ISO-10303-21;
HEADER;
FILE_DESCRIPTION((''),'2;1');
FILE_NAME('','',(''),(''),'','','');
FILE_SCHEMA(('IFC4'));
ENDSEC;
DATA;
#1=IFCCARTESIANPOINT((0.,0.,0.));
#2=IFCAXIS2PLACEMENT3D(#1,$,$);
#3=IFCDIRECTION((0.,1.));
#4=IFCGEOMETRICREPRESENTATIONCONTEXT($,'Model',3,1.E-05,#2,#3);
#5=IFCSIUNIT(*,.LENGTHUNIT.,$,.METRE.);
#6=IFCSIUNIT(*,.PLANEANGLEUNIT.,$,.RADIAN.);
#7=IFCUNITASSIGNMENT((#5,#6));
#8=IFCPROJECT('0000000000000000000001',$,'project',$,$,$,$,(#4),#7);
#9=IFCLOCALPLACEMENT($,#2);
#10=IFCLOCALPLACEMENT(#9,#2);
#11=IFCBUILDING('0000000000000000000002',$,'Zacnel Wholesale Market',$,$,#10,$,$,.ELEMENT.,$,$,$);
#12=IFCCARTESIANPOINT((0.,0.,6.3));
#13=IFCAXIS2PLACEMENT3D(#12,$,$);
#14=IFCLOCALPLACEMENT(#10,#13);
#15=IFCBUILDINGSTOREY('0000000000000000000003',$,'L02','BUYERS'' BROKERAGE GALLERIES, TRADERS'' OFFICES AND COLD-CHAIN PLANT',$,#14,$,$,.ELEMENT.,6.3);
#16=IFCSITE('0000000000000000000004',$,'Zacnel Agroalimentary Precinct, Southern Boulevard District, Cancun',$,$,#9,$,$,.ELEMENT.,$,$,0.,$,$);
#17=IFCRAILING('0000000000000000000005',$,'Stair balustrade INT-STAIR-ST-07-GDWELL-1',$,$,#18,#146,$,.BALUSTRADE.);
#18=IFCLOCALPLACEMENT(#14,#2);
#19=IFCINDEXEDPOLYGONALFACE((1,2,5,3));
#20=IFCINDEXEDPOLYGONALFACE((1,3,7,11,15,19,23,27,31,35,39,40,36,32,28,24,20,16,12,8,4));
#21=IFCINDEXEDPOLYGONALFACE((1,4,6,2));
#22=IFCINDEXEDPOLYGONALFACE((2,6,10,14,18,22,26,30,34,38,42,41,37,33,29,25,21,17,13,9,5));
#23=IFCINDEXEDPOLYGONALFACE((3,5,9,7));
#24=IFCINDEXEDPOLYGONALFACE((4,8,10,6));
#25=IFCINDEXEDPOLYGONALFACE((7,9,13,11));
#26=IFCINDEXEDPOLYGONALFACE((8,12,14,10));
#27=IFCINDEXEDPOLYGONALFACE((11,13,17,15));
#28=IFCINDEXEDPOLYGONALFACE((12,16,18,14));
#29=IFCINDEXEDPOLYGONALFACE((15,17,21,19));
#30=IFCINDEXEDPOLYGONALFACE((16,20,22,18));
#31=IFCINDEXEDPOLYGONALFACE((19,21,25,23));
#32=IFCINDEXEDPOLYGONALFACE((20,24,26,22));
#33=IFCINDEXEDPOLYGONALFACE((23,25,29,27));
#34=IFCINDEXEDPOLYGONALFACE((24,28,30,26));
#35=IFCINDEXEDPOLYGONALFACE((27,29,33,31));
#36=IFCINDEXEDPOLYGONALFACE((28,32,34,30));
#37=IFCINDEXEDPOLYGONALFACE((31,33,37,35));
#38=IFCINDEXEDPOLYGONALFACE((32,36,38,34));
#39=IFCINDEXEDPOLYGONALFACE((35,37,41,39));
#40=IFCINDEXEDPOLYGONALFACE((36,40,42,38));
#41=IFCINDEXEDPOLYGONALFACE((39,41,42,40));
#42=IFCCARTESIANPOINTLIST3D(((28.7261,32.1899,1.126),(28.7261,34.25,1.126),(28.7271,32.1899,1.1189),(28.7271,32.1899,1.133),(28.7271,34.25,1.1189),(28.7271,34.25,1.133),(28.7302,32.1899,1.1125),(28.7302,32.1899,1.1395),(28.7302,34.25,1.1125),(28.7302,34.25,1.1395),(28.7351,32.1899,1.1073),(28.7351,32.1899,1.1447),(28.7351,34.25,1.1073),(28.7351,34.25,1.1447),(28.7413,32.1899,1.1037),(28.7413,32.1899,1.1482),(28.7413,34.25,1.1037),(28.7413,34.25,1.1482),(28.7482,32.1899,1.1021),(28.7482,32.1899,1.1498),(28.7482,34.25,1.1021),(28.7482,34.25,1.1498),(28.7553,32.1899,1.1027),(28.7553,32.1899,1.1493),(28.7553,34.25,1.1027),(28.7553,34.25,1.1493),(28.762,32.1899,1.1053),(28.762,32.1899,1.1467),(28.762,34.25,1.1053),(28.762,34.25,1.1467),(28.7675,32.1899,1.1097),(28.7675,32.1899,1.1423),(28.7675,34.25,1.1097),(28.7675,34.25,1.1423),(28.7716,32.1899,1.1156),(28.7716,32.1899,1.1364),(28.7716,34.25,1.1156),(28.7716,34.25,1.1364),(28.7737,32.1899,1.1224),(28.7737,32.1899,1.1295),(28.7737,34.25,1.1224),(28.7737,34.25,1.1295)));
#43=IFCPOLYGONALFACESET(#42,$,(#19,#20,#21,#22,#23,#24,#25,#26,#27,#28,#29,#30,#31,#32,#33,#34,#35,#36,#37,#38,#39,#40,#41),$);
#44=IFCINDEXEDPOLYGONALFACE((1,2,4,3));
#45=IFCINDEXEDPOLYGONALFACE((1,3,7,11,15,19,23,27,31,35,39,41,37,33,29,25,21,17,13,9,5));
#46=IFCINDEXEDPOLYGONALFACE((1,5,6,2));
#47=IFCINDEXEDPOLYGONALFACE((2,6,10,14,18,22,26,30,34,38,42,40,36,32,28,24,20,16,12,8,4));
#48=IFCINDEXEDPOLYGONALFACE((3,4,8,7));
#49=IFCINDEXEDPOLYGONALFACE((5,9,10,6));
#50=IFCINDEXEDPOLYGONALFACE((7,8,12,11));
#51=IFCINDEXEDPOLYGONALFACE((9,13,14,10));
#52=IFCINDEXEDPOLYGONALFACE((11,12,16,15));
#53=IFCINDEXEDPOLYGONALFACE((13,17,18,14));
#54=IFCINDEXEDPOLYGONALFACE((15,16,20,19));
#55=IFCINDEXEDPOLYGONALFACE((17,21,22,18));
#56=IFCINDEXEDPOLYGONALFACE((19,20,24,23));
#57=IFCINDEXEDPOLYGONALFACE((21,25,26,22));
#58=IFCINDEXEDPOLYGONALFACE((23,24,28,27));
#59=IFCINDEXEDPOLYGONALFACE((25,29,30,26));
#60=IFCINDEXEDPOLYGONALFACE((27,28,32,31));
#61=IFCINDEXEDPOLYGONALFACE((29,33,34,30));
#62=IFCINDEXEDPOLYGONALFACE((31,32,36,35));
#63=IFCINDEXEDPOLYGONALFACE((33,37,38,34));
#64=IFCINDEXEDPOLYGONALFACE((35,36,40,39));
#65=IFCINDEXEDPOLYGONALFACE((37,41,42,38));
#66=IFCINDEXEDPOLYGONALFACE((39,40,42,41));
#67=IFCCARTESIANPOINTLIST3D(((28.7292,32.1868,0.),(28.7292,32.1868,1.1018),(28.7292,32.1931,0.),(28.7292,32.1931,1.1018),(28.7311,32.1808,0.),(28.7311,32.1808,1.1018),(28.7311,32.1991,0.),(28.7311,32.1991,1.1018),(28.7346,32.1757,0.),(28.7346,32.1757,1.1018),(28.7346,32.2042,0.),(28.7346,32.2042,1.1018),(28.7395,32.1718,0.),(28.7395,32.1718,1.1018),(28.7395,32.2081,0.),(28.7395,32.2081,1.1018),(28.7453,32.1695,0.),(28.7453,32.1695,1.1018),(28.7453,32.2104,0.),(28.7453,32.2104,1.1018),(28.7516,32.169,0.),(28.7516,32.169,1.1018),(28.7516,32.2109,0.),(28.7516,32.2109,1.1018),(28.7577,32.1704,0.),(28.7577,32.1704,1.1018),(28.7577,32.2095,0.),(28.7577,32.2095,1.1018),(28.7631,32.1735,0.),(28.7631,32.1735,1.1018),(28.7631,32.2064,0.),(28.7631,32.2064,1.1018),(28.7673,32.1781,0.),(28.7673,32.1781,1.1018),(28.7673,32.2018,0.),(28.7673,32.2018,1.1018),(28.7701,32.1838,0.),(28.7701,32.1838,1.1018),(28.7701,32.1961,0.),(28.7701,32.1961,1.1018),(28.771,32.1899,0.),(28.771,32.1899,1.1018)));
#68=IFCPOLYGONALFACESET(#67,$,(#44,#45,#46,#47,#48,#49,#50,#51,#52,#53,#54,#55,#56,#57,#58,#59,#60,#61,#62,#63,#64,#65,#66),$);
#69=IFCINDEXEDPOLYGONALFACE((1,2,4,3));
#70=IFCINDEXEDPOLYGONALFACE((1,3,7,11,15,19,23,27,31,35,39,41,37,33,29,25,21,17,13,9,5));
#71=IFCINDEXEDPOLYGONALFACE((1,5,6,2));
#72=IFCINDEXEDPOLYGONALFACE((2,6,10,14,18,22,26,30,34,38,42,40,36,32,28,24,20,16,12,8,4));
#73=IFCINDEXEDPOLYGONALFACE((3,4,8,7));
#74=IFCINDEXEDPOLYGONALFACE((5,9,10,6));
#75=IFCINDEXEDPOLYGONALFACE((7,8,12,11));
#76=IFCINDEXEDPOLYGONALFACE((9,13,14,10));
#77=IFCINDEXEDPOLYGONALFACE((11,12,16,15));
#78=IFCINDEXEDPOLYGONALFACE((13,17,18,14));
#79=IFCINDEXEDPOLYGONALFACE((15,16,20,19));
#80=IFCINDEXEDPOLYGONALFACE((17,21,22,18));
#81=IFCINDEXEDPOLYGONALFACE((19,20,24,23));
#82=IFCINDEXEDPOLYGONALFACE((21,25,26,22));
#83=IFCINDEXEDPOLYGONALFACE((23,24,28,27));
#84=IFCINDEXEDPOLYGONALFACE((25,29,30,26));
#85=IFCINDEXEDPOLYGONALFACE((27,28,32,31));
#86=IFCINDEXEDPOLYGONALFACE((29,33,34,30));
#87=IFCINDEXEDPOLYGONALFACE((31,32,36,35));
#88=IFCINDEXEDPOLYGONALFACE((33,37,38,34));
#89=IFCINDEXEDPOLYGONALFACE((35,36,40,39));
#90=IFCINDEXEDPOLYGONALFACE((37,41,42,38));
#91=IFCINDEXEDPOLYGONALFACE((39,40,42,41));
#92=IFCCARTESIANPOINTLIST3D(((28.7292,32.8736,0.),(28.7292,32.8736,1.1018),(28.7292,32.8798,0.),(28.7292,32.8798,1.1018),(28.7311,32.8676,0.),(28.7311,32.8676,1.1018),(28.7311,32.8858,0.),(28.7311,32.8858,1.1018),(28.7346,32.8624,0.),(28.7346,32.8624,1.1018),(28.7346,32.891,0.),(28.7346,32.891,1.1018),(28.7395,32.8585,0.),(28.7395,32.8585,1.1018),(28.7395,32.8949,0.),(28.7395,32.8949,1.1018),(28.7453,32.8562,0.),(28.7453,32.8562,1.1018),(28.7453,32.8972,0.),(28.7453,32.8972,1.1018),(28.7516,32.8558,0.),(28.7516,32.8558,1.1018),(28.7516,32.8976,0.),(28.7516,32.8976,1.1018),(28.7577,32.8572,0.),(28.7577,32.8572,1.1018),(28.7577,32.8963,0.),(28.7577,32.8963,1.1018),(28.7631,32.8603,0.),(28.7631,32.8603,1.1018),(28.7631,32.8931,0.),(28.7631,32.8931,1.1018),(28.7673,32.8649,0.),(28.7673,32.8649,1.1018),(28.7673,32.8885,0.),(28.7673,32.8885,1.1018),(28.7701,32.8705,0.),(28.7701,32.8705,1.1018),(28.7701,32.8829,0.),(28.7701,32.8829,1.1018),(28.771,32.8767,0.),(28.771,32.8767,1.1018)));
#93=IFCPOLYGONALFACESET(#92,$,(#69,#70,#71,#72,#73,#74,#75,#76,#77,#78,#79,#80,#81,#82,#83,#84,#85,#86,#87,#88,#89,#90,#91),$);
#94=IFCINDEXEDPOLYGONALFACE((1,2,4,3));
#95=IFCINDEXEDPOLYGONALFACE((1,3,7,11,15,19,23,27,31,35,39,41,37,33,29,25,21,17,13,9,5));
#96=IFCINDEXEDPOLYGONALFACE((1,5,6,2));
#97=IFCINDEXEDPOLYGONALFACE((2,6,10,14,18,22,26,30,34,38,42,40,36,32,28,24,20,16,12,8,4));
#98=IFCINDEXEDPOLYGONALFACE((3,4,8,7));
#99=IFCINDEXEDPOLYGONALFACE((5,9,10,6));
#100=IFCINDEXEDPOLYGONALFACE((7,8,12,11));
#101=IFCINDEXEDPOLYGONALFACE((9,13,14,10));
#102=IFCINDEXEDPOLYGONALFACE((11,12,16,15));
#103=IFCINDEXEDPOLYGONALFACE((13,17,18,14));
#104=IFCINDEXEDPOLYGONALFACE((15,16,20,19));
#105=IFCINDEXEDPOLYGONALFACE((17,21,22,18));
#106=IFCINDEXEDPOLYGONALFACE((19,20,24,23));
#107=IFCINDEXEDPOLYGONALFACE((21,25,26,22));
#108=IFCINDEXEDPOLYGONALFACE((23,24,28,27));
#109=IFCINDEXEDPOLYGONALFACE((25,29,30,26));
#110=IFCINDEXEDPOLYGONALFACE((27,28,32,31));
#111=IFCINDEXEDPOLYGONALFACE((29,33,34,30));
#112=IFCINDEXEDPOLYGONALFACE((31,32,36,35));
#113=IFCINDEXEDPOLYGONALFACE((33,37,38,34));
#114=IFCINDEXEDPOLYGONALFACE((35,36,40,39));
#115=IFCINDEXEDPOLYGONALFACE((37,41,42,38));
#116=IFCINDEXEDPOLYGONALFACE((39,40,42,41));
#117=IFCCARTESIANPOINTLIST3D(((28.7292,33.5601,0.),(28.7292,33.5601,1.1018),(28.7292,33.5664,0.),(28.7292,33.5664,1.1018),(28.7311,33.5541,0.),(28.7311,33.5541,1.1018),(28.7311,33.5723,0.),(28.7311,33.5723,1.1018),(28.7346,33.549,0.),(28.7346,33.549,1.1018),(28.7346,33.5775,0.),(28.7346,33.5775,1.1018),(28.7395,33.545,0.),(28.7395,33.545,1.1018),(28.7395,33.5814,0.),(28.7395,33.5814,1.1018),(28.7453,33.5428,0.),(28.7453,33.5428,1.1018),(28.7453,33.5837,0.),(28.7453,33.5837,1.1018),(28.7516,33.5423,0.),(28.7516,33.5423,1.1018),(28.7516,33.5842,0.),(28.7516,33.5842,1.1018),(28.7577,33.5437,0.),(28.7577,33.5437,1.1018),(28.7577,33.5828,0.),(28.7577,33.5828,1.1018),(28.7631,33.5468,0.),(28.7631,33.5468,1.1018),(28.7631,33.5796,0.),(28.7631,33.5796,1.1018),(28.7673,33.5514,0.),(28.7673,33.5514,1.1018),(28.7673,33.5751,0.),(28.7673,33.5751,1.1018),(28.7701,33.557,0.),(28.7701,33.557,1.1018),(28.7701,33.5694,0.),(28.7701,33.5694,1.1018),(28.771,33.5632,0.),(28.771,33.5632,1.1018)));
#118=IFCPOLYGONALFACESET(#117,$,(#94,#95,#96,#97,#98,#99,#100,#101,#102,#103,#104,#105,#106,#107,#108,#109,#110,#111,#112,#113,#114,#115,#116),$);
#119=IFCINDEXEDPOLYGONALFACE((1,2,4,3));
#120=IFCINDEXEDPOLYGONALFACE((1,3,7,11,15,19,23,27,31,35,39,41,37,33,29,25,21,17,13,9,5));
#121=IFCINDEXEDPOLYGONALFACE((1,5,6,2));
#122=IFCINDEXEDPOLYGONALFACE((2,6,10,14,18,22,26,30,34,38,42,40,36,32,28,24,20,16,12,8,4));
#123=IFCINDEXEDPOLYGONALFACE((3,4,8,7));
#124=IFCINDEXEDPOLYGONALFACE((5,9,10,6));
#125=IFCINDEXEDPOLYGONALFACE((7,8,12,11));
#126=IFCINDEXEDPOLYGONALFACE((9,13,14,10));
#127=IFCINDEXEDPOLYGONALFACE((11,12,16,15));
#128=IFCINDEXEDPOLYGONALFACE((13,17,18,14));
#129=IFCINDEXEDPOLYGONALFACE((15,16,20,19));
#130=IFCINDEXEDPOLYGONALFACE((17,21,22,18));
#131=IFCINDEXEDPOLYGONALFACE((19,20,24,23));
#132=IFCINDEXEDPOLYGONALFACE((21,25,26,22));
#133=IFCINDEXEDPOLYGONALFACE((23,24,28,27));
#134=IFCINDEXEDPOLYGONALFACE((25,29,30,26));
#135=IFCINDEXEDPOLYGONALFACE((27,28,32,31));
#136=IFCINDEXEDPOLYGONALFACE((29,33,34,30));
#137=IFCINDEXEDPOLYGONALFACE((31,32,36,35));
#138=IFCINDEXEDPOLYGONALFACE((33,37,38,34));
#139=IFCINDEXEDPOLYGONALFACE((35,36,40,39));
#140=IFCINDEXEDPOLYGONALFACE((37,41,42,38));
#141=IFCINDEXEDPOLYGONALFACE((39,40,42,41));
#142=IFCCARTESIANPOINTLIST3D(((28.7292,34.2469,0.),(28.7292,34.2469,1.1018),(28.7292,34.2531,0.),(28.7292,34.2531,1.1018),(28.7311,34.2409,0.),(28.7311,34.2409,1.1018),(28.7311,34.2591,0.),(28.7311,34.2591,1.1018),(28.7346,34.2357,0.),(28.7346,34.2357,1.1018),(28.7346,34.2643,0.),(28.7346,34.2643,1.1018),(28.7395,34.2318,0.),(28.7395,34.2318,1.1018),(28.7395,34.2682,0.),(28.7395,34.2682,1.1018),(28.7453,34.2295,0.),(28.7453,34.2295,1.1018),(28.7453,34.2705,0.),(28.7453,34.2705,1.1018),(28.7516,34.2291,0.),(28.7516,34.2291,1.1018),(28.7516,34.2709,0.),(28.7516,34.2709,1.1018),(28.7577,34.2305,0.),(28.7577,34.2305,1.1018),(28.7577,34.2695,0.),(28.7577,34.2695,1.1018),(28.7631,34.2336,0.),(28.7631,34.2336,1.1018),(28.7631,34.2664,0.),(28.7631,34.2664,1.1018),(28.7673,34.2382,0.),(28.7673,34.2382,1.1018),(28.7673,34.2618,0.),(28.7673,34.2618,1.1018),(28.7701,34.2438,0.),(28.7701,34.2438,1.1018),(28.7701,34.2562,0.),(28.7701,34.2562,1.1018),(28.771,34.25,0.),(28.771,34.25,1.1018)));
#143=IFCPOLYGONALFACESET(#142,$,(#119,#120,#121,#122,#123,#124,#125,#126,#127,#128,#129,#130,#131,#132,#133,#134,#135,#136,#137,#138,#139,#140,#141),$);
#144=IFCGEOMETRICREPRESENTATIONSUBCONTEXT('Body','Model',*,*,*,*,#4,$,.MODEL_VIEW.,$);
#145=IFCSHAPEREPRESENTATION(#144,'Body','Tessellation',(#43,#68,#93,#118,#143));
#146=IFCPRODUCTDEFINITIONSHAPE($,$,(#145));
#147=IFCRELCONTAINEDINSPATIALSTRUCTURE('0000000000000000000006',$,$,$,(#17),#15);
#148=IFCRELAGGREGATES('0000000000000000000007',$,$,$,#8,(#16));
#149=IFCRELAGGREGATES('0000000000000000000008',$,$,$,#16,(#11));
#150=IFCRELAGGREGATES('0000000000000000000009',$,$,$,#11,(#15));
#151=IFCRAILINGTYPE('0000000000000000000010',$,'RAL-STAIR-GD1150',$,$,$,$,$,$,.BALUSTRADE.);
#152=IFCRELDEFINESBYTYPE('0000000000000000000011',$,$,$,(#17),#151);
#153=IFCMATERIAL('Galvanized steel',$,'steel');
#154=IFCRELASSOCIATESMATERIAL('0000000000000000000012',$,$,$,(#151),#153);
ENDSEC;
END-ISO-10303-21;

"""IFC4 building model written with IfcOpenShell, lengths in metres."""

from ifc_helpers import new_model, si_unit, direction, frame, origin, origin_2d, place, context, subcontext, project, spatial, circle, extrude, material, type_object, element, save


model = new_model("IFC4")

# Units and contexts
model_context = context("Model", 3, precision=1e-05, world=origin(), true_north=direction((0.0, 1.0)))
body_context = subcontext(model_context, "Body", "Model", "MODEL_VIEW")
ifc_project = project(units=[si_unit("LENGTHUNIT", "METRE"), si_unit("PLANEANGLEUNIT", "RADIAN")], contexts=[model_context])

# Site, building, storey
site_placement = place(None, origin())
site = spatial("IfcSite", under=ifc_project, at=site_placement, Name="Zacnel Agroalimentary Precinct, Southern Boulevard District, Cancun", CompositionType="ELEMENT", RefElevation=0.0)
building_placement = place(site_placement, origin())
building = spatial("IfcBuilding", under=site, at=building_placement, Name="Zacnel Wholesale Market", CompositionType="ELEMENT")
storey_placement = place(building_placement, frame((0.0, 0.0, 6.3)))
storey = spatial("IfcBuildingStorey", under=building, at=storey_placement, Name="L02", Description="BUYERS' BROKERAGE GALLERIES, TRADERS' OFFICES AND COLD-CHAIN PLANT", CompositionType="ELEMENT", Elevation=6.3)

# Railing
ifc_material_1 = material(Name="Galvanized steel", Category="steel")
railing_type_1 = type_object("IfcRailingType", Name="RAL-STAIR-GD1150", PredefinedType="BALUSTRADE", material=ifc_material_1)
railing_1_placement = place(storey_placement, frame((28.75, 32.1899, 0.0)))
element("IfcRailing", 1, at=railing_1_placement, inside=storey, type_object=railing_type_1, Name="Stair balustrade INT-STAIR-ST-07-GDWELL-1", PredefinedType="BALUSTRADE", context=body_context, shape_type="SweptSolid", body=[
    extrude(circle(Radius=0.0239, at=origin_2d()), frame((0.0, 0.0, 1.126), z_axis=(0.0, 1.0, 0.0), x_axis=(-1.0, 0.0, 0.0)), (0.0, 0.0, 1.0), 2.0601),
    extrude(circle(Radius=0.021, at=origin_2d()), origin(), (0.0, 0.0, 1.0), 1.1018),
    extrude(circle(Radius=0.021, at=origin_2d()), frame((0.0, 0.6868, 0.0)), (0.0, 0.0, 1.0), 1.1018),
    extrude(circle(Radius=0.021, at=origin_2d()), frame((0.0, 1.3733, 0.0)), (0.0, 0.0, 1.0), 1.1018),
    extrude(circle(Radius=0.021, at=origin_2d()), frame((0.0, 2.0601, 0.0)), (0.0, 0.0, 1.0), 1.1018),
])

save(model, "model.ifc")
